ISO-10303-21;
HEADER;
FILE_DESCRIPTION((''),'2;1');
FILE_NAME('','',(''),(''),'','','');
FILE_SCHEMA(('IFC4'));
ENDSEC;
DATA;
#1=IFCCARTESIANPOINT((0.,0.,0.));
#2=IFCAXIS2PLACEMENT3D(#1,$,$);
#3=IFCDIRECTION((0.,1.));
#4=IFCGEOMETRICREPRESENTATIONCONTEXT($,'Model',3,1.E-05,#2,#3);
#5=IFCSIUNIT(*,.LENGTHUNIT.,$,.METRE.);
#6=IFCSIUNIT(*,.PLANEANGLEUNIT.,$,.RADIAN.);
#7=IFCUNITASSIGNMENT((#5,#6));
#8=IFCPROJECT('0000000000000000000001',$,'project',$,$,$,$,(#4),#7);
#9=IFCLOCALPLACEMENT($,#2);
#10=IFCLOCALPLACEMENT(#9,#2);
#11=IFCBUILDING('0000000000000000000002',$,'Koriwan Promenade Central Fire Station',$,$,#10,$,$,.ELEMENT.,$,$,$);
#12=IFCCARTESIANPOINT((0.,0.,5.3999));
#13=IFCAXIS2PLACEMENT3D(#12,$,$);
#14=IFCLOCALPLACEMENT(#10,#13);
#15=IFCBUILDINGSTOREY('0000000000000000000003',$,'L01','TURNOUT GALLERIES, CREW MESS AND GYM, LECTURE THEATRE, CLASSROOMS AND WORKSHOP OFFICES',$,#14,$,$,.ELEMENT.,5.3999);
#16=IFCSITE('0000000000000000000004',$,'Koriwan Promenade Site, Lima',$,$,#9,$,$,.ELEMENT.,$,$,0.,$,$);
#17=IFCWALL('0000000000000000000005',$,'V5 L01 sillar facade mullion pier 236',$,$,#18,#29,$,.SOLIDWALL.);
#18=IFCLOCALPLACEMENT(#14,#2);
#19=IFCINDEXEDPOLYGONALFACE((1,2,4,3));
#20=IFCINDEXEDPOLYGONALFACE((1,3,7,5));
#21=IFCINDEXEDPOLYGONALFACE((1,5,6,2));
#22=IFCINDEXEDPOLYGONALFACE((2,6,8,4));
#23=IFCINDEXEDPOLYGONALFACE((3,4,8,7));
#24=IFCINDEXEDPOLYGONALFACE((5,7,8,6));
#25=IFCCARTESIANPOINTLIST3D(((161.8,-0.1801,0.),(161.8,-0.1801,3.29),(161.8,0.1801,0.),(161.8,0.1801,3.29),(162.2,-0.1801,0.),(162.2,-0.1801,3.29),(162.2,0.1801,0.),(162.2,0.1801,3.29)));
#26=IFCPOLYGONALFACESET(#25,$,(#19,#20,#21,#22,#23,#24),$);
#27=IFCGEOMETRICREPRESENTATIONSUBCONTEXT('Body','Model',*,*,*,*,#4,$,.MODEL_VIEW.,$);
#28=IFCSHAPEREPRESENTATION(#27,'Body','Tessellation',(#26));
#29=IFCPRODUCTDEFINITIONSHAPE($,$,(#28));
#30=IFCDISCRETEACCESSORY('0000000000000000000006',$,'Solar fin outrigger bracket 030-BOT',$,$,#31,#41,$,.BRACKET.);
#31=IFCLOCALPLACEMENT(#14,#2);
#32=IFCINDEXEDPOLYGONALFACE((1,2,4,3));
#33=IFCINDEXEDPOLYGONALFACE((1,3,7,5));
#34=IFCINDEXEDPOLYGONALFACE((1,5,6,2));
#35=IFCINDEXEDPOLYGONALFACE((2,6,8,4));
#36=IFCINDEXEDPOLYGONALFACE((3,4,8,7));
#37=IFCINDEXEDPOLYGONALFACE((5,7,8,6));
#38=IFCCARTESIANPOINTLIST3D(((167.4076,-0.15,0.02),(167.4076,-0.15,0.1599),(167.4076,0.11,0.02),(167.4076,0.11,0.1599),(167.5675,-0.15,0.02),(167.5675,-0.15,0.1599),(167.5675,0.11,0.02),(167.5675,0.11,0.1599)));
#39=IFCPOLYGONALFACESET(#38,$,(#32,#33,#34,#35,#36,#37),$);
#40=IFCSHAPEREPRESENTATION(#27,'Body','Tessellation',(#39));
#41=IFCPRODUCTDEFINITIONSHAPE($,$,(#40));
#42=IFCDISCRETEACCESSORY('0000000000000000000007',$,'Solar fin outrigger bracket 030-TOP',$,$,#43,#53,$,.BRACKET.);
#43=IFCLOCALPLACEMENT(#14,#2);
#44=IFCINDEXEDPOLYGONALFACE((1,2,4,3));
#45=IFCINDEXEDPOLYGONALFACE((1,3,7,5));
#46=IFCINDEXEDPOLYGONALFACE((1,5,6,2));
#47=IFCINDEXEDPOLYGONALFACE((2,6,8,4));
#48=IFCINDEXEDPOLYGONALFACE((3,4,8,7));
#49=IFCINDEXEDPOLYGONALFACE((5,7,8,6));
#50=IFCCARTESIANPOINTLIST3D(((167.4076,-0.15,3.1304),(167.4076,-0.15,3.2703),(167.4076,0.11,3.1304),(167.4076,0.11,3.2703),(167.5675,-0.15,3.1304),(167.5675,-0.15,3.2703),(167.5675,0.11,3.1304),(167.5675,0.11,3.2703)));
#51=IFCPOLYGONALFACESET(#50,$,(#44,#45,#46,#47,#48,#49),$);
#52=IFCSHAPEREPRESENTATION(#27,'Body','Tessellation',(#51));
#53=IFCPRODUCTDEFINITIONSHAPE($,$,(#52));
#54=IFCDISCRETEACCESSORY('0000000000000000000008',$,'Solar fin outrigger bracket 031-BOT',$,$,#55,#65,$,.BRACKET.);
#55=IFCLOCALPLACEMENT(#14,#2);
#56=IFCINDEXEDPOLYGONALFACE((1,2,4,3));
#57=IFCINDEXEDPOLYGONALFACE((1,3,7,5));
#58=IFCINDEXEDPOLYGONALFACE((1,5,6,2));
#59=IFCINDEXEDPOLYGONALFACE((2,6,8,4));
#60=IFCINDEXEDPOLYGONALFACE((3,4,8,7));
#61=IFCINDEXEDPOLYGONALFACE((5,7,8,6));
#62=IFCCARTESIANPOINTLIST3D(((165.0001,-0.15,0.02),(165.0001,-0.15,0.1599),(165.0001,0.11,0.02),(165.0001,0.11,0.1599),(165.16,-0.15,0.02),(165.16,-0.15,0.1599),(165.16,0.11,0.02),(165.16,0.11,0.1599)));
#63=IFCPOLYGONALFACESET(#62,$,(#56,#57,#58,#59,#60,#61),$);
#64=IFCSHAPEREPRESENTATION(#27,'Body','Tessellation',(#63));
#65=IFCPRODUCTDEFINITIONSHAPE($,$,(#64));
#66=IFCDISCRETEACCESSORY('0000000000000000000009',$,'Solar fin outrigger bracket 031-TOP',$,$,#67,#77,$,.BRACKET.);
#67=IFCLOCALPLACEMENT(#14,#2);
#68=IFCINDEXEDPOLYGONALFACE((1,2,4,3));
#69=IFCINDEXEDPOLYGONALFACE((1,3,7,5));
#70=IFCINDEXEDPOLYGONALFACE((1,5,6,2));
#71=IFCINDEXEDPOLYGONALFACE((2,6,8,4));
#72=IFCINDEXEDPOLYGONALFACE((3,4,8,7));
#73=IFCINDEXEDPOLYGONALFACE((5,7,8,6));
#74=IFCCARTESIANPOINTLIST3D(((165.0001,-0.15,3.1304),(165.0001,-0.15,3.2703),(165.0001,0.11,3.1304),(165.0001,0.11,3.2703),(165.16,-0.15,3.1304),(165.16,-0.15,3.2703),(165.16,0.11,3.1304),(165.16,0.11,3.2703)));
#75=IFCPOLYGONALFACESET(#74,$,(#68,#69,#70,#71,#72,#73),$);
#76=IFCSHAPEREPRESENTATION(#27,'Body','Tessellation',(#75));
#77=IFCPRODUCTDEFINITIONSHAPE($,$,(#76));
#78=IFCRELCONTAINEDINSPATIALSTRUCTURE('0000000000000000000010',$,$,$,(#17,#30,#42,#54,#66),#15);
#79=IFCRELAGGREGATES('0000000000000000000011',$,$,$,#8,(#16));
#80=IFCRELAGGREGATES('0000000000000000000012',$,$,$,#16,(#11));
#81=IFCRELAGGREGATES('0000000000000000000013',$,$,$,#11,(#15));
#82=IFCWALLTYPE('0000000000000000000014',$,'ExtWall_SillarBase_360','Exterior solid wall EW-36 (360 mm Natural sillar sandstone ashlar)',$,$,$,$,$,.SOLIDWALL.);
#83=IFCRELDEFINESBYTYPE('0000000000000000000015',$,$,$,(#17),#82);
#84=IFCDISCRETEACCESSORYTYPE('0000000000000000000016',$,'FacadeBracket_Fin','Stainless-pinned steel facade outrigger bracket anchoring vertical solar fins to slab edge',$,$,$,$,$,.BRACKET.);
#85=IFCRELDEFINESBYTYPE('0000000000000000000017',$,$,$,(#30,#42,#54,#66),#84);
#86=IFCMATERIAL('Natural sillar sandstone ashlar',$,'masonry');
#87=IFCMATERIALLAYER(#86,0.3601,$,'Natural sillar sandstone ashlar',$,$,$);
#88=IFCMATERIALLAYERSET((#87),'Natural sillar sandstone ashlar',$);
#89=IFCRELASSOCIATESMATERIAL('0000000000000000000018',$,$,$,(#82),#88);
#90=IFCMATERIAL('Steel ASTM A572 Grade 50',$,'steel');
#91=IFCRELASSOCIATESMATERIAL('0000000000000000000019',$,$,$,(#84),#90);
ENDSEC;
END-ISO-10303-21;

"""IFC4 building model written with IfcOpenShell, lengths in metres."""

from ifc_helpers import new_model, si_unit, direction, frame, frame_2d, origin, origin_2d, place, context, subcontext, project, spatial, rectangle, extrude, material, layer, layer_set, type_object, element, save


model = new_model("IFC4")

# Units and contexts
model_context = context("Model", 3, precision=1e-05, world=origin(), true_north=direction((0.0, 1.0)))
body_context = subcontext(model_context, "Body", "Model", "MODEL_VIEW")
ifc_project = project(units=[si_unit("LENGTHUNIT", "METRE"), si_unit("PLANEANGLEUNIT", "RADIAN")], contexts=[model_context])

# Site, building, storey
site_placement = place(None, origin())
site = spatial("IfcSite", under=ifc_project, at=site_placement, Name="Koriwan Promenade Site, Lima", CompositionType="ELEMENT", RefElevation=0.0)
building_placement = place(site_placement, origin())
building = spatial("IfcBuilding", under=site, at=building_placement, Name="Koriwan Promenade Central Fire Station", CompositionType="ELEMENT")
storey_placement = place(building_placement, frame((0.0, 0.0, 5.3999)))
storey = spatial("IfcBuildingStorey", under=building, at=storey_placement, Name="L01", Description="TURNOUT GALLERIES, CREW MESS AND GYM, LECTURE THEATRE, CLASSROOMS AND WORKSHOP OFFICES", CompositionType="ELEMENT", Elevation=5.3999)

# Wall
ifc_material_1 = material(Name="Natural sillar sandstone ashlar", Category="masonry")
ifc_layer_1 = layer(ifc_material_1, 0.3601, Name="Natural sillar sandstone ashlar")
ifc_layer_set_1 = layer_set([ifc_layer_1], Name="Natural sillar sandstone ashlar")
wall_type = type_object("IfcWallType", Name="ExtWall_SillarBase_360", Description="Exterior solid wall EW-36 (360 mm Natural sillar sandstone ashlar)", PredefinedType="SOLIDWALL", material=ifc_layer_set_1)
wall_placement = place(storey_placement, frame((162.2, 0.0, 0.0), z_axis=(0.0, 0.0, 1.0), x_axis=(-1.0, 0.0, 0.0)))
element("IfcWall", 1, at=wall_placement, inside=storey, type_object=wall_type, Name="V5 L01 sillar facade mullion pier 236", PredefinedType="SOLIDWALL", context=body_context, shape_type="SweptSolid", body=[
    extrude(rectangle(XDim=0.3999, YDim=0.3601, at=frame_2d((0.2, 0.0))), origin(), (0.0, 0.0, 1.0), 3.29),
])

# Discrete accessories
ifc_material_2 = material(Name="Steel ASTM A572 Grade 50", Category="steel")
discrete_accessory_type = type_object("IfcDiscreteAccessoryType", Name="FacadeBracket_Fin", Description="Stainless-pinned steel facade outrigger bracket anchoring vertical solar fins to slab edge", PredefinedType="BRACKET", material=ifc_material_2)
for number, where, z_axis, x_axis, name in (
    (2, (167.4875, -0.02, 0.02), (0.0, 0.0, 1.0), (0.0, -1.0, 0.0), "Solar fin outrigger bracket 030-BOT"),
    (3, (167.4875, -0.02, 3.1304), (0.0, 0.0, 1.0), (0.0, -1.0, 0.0), "Solar fin outrigger bracket 030-TOP"),
    (4, (165.0801, -0.02, 0.02), (0.0, 0.0, 1.0), (0.0, -1.0, 0.0), "Solar fin outrigger bracket 031-BOT"),
    (5, (165.0801, -0.02, 3.1304), (0.0, 0.0, 1.0), (0.0, -1.0, 0.0), "Solar fin outrigger bracket 031-TOP"),
):
    element("IfcDiscreteAccessory", number, at=place(storey_placement, frame(where, z_axis=z_axis, x_axis=x_axis)), inside=storey, type_object=discrete_accessory_type, Name=name, PredefinedType="BRACKET", context=body_context, shape_type="SweptSolid", body=[
        extrude(rectangle(XDim=0.26, YDim=0.1599, at=origin_2d()), origin(), (0.0, 0.0, 1.0), 0.1399),
    ])

save(model, "model.ifc")
